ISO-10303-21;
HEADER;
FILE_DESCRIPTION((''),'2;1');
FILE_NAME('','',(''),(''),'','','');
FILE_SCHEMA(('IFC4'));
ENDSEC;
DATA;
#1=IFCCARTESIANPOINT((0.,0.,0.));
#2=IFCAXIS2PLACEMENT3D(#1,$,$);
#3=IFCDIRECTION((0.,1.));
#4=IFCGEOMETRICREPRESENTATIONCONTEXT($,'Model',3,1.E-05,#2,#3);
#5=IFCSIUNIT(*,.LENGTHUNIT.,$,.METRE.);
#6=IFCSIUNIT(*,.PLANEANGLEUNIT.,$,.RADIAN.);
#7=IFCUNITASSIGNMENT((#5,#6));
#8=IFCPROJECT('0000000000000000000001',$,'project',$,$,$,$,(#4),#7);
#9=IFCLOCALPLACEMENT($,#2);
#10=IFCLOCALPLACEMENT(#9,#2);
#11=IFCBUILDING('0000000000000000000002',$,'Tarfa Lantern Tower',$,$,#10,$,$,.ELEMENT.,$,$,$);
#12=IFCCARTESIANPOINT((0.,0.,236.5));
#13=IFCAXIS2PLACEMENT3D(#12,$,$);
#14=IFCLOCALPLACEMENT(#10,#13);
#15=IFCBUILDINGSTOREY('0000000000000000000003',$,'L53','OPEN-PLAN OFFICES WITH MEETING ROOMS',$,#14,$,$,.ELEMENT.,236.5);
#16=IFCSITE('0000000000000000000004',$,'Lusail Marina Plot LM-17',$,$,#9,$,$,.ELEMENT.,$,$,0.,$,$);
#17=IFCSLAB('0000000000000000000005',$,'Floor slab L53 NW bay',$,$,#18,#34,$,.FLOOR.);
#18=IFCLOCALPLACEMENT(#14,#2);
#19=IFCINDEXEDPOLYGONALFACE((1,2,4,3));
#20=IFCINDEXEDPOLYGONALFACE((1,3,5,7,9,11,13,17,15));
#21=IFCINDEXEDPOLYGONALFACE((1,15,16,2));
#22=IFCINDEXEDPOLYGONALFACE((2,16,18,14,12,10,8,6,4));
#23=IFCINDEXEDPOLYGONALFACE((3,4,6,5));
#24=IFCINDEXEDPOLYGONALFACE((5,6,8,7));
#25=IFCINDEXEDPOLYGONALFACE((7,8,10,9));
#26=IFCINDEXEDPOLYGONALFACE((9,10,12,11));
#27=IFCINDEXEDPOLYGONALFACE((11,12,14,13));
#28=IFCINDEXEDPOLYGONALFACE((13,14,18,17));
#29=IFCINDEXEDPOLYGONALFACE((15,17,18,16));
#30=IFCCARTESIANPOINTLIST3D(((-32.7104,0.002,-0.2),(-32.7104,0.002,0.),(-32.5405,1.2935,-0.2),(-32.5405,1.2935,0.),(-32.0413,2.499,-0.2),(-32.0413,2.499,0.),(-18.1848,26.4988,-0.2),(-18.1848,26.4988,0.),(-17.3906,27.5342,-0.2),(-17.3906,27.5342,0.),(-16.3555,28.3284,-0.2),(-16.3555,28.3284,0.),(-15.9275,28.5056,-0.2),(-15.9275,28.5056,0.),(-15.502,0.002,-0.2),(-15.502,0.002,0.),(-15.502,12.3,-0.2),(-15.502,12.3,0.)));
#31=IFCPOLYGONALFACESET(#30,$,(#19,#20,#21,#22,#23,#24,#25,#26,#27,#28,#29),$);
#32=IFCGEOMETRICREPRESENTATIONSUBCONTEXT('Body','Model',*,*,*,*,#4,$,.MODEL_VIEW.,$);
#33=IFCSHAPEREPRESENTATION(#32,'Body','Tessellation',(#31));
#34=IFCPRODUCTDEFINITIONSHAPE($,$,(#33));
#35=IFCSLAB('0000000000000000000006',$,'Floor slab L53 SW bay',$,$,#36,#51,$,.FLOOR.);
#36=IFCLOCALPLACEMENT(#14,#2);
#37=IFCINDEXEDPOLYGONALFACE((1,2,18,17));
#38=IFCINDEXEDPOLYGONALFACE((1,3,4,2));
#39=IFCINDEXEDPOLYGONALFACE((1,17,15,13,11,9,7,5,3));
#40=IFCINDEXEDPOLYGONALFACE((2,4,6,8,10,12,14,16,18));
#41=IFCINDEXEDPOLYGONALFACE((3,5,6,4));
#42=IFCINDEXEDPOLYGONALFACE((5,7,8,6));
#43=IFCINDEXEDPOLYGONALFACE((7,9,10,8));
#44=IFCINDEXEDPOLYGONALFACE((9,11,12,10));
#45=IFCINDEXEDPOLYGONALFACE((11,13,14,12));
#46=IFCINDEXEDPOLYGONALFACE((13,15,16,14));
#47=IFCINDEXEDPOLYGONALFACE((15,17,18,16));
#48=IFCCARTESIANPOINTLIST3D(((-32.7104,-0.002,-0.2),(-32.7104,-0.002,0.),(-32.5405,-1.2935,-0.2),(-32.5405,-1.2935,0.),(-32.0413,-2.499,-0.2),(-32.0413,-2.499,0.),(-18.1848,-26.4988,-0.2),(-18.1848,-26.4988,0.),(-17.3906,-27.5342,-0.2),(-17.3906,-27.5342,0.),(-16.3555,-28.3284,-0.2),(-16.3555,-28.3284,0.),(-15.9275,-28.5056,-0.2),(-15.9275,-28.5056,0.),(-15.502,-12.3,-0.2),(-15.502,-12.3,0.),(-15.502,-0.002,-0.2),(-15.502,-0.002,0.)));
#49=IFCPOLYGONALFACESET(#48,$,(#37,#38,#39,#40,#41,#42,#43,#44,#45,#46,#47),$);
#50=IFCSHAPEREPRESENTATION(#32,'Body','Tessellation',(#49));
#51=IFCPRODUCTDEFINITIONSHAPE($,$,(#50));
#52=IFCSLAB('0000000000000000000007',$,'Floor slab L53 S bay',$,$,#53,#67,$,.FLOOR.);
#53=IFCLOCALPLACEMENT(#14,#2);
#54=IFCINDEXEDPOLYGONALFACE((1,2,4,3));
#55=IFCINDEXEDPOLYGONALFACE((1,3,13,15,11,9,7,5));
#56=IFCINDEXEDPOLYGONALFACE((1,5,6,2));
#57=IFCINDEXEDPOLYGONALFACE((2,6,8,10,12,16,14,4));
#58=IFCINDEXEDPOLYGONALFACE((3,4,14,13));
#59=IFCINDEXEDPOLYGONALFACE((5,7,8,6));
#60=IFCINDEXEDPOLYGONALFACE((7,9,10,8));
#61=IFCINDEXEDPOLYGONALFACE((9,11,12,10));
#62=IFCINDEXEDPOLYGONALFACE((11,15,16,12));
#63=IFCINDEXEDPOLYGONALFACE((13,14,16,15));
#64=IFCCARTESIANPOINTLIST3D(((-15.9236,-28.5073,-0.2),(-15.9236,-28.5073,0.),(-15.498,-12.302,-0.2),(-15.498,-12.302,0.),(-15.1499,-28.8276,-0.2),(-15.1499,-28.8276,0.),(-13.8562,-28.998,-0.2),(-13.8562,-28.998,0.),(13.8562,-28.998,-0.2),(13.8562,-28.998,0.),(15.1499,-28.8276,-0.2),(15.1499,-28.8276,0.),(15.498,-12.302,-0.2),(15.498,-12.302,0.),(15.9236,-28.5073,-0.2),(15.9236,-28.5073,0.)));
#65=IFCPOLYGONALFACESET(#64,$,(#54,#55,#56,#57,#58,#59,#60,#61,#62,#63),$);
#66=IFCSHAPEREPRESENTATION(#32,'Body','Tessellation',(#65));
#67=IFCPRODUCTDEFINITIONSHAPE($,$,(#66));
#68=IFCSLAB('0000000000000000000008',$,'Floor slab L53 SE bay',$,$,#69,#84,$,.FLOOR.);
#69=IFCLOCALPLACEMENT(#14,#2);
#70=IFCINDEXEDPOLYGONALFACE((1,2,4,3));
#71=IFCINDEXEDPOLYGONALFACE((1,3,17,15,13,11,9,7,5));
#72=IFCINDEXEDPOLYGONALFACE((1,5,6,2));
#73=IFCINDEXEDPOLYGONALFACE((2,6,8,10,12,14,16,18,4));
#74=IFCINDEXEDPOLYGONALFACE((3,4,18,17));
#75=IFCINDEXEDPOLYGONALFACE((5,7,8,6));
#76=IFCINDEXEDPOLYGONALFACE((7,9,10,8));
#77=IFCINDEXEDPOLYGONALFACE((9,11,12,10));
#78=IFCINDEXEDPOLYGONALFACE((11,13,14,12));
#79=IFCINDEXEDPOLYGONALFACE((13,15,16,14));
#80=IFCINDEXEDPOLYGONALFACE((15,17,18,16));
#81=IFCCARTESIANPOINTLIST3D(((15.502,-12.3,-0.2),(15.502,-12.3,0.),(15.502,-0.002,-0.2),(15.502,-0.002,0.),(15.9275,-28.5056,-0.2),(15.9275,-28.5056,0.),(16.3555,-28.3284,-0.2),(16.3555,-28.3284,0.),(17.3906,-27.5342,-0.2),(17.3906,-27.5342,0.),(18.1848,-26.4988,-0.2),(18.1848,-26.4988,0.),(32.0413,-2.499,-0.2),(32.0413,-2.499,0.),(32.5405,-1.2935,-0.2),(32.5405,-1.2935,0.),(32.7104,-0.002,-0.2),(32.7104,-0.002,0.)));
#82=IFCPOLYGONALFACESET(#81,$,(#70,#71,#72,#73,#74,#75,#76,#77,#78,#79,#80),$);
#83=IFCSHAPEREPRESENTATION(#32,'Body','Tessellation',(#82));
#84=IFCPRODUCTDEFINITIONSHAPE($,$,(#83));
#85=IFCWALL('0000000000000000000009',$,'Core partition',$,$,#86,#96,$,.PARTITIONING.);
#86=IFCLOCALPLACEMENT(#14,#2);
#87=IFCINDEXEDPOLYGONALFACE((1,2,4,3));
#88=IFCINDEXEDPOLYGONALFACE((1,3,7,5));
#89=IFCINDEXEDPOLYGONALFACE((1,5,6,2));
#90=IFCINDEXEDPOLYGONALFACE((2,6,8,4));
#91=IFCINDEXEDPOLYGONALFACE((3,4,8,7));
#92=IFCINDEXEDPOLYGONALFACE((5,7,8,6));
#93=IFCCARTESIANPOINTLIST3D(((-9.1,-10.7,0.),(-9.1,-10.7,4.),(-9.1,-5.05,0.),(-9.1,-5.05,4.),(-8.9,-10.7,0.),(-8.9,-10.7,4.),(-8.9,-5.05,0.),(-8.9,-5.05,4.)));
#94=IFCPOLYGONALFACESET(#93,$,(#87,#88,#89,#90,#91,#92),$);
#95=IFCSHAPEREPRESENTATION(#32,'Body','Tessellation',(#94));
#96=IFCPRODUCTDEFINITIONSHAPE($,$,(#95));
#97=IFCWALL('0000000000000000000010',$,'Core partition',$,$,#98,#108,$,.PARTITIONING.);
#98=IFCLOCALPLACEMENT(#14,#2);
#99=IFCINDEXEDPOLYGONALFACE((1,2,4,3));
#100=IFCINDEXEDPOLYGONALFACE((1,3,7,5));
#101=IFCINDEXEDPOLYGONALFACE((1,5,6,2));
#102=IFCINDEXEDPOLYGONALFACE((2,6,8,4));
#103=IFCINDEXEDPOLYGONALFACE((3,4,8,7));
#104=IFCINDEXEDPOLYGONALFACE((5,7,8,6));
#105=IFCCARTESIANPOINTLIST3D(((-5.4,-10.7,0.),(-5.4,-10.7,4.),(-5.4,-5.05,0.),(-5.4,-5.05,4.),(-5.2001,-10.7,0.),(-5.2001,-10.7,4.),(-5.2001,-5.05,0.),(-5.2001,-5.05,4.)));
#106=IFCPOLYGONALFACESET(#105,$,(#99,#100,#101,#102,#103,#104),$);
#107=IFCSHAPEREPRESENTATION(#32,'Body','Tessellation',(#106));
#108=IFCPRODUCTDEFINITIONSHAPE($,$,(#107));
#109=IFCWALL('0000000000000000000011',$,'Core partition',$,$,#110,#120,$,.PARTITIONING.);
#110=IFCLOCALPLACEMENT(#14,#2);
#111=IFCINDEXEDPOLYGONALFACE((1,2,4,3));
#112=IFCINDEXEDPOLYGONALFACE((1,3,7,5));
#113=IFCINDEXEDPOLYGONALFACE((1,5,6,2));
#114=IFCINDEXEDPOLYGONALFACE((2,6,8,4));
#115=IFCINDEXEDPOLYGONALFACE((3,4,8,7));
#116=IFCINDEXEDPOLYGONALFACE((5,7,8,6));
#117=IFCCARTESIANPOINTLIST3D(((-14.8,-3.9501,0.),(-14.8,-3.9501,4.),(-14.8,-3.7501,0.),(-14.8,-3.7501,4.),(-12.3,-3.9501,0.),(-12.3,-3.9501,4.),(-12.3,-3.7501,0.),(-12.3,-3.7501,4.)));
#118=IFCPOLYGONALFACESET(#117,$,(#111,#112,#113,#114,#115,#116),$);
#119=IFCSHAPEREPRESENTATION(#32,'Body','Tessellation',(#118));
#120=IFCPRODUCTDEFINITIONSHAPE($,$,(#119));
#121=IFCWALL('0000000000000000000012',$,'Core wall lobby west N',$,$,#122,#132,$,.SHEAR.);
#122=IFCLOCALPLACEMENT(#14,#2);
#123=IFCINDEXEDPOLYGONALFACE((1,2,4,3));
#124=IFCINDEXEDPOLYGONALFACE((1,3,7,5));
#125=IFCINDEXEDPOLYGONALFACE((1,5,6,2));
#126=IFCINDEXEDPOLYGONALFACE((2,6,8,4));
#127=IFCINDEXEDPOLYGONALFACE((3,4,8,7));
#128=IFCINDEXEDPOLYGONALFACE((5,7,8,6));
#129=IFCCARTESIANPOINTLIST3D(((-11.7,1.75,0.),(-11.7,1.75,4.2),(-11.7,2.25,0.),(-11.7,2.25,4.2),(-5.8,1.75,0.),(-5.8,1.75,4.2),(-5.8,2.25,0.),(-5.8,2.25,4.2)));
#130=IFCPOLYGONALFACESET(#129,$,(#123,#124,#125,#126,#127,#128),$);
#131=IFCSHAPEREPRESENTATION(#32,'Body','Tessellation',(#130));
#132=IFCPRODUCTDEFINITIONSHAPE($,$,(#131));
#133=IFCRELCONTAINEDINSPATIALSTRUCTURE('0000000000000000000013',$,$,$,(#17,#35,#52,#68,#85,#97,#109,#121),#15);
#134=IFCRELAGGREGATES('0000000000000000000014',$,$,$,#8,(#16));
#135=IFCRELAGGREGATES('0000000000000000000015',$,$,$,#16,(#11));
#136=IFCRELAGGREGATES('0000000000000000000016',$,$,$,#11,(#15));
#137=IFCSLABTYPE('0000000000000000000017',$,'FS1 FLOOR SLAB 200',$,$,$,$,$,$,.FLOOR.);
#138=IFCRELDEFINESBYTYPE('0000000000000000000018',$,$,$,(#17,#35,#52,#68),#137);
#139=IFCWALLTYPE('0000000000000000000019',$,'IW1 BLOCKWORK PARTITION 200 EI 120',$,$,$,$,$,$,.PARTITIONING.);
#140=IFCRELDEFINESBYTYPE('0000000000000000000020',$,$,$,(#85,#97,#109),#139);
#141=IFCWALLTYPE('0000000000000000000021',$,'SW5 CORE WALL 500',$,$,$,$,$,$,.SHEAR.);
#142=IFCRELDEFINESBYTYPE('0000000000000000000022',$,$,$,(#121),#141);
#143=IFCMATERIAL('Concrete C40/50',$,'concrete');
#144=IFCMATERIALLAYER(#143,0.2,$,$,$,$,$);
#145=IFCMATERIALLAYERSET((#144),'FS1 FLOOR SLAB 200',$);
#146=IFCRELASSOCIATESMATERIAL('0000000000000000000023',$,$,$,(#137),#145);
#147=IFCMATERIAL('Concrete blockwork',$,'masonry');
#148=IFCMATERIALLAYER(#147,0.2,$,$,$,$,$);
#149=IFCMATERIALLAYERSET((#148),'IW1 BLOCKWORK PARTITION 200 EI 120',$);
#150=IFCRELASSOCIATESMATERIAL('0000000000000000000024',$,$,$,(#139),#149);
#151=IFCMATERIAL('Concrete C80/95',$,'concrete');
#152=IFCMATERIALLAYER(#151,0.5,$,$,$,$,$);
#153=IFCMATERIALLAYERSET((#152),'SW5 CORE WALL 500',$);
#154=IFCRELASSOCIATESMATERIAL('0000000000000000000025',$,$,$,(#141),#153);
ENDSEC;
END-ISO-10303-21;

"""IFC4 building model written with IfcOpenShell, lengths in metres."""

from ifc_helpers import new_model, si_unit, direction, frame, frame_2d, origin, place, context, subcontext, project, spatial, polyline, rectangle, outline, extrude, material, layer, layer_set, type_object, element, save


model = new_model("IFC4")

# Units and contexts
model_context = context("Model", 3, precision=1e-05, world=origin(), true_north=direction((0.0, 1.0)))
body_context = subcontext(model_context, "Body", "Model", "MODEL_VIEW")
ifc_project = project(units=[si_unit("LENGTHUNIT", "METRE"), si_unit("PLANEANGLEUNIT", "RADIAN")], contexts=[model_context])

# Site, building, storey
site_placement = place(None, origin())
site = spatial("IfcSite", under=ifc_project, at=site_placement, Name="Lusail Marina Plot LM-17", CompositionType="ELEMENT", RefElevation=0.0)
building_placement = place(site_placement, origin())
building = spatial("IfcBuilding", under=site, at=building_placement, Name="Tarfa Lantern Tower", CompositionType="ELEMENT")
storey_placement = place(building_placement, frame((0.0, 0.0, 236.5)))
storey = spatial("IfcBuildingStorey", under=building, at=storey_placement, Name="L53", Description="OPEN-PLAN OFFICES WITH MEETING ROOMS", CompositionType="ELEMENT", Elevation=236.5)

# Slabs
ifc_material_1 = material(Name="Concrete C40/50", Category="concrete")
ifc_layer_1 = layer(ifc_material_1, 0.2)
ifc_layer_set_1 = layer_set([ifc_layer_1], Name="FS1 FLOOR SLAB 200")
slab_type_1 = type_object("IfcSlabType", Name="FS1 FLOOR SLAB 200", PredefinedType="FLOOR", material=ifc_layer_set_1)
slab_1_placement = place(storey_placement, frame((0.0, 0.0, -0.2)))
element("IfcSlab", 1, at=slab_1_placement, inside=storey, type_object=slab_type_1, Name="Floor slab L53 NW bay", PredefinedType="FLOOR", context=body_context, shape_type="SweptSolid", body=[
    extrude(outline(polyline([(-15.502, 0.002), (-15.502, 12.3), (-15.9275, 28.5056), (-16.3555, 28.3284), (-17.3906, 27.5342), (-18.1848, 26.4988), (-32.0413, 2.499), (-32.5405, 1.2935), (-32.7104, 0.002), (-15.502, 0.002)])), origin(), (0.0, 0.0, 1.0), 0.2),
])
slab_2_placement = place(storey_placement, frame((0.0, 0.0, -0.2)))
element("IfcSlab", 2, at=slab_2_placement, inside=storey, type_object=slab_type_1, Name="Floor slab L53 SW bay", PredefinedType="FLOOR", context=body_context, shape_type="SweptSolid", body=[
    extrude(outline(polyline([(-15.502, -12.3), (-15.502, -0.002), (-32.7104, -0.002), (-32.5405, -1.2935), (-32.0413, -2.499), (-18.1848, -26.4988), (-17.3906, -27.5342), (-16.3555, -28.3284), (-15.9275, -28.5056), (-15.502, -12.3)])), origin(), (0.0, 0.0, 1.0), 0.2),
])
slab_3_placement = place(storey_placement, frame((0.0, 0.0, -0.2)))
element("IfcSlab", 3, at=slab_3_placement, inside=storey, type_object=slab_type_1, Name="Floor slab L53 S bay", PredefinedType="FLOOR", context=body_context, shape_type="SweptSolid", body=[
    extrude(outline(polyline([(15.498, -12.302), (-15.498, -12.302), (-15.9236, -28.5073), (-15.1499, -28.8276), (-13.8562, -28.998), (13.8562, -28.998), (15.1499, -28.8276), (15.9236, -28.5073), (15.498, -12.302)])), origin(), (0.0, 0.0, 1.0), 0.2),
])
slab_4_placement = place(storey_placement, frame((0.0, 0.0, -0.2)))
element("IfcSlab", 4, at=slab_4_placement, inside=storey, type_object=slab_type_1, Name="Floor slab L53 SE bay", PredefinedType="FLOOR", context=body_context, shape_type="SweptSolid", body=[
    extrude(outline(polyline([(15.502, -0.002), (15.502, -12.3), (15.9275, -28.5056), (16.3555, -28.3284), (17.3906, -27.5342), (18.1848, -26.4988), (32.0413, -2.499), (32.5405, -1.2935), (32.7104, -0.002), (15.502, -0.002)])), origin(), (0.0, 0.0, 1.0), 0.2),
])

# Walls
ifc_material_2 = material(Name="Concrete blockwork", Category="masonry")
ifc_layer_2 = layer(ifc_material_2, 0.2)
ifc_layer_set_2 = layer_set([ifc_layer_2], Name="IW1 BLOCKWORK PARTITION 200 EI 120")
wall_type_1 = type_object("IfcWallType", Name="IW1 BLOCKWORK PARTITION 200 EI 120", PredefinedType="PARTITIONING", material=ifc_layer_set_2)
for number, where, z_axis, x_axis, name in (
    (5, (-9.0, -5.05, 0.0), (0.0, 0.0, 1.0), (0.0, -1.0, 0.0), "Core partition"),
    (6, (-5.3, -5.05, 0.0), (0.0, 0.0, 1.0), (0.0, -1.0, 0.0), "Core partition"),
):
    element("IfcWall", number, at=place(storey_placement, frame(where, z_axis=z_axis, x_axis=x_axis)), inside=storey, type_object=wall_type_1, Name=name, PredefinedType="PARTITIONING", context=body_context, shape_type="SweptSolid", body=[
        extrude(rectangle(XDim=5.6499, YDim=0.2, at=frame_2d((2.825, 0.0))), origin(), (0.0, 0.0, 1.0), 4.0),
    ])
wall_1_placement = place(storey_placement, frame((-12.3, -3.8501, 0.0), z_axis=(0.0, 0.0, 1.0), x_axis=(-1.0, 0.0, 0.0)))
element("IfcWall", 7, at=wall_1_placement, inside=storey, type_object=wall_type_1, Name="Core partition", PredefinedType="PARTITIONING", context=body_context, shape_type="SweptSolid", body=[
    extrude(rectangle(XDim=2.5, YDim=0.2, at=frame_2d((1.25, 0.0))), origin(), (0.0, 0.0, 1.0), 4.0),
])
ifc_material_3 = material(Name="Concrete C80/95", Category="concrete")
ifc_layer_3 = layer(ifc_material_3, 0.5)
ifc_layer_set_3 = layer_set([ifc_layer_3], Name="SW5 CORE WALL 500")
wall_type_2 = type_object("IfcWallType", Name="SW5 CORE WALL 500", PredefinedType="SHEAR", material=ifc_layer_set_3)
wall_2_placement = place(storey_placement, frame((-11.7, 2.0, 0.0), z_axis=(0.0, 0.0, 1.0), x_axis=(1.0, 0.0, 0.0)))
element("IfcWall", 8, at=wall_2_placement, inside=storey, type_object=wall_type_2, Name="Core wall lobby west N", PredefinedType="SHEAR", context=body_context, shape_type="SweptSolid", body=[
    extrude(rectangle(XDim=5.8999, YDim=0.5, at=frame_2d((2.95, 0.0))), origin(), (0.0, 0.0, 1.0), 4.2),
])

save(model, "model.ifc")
